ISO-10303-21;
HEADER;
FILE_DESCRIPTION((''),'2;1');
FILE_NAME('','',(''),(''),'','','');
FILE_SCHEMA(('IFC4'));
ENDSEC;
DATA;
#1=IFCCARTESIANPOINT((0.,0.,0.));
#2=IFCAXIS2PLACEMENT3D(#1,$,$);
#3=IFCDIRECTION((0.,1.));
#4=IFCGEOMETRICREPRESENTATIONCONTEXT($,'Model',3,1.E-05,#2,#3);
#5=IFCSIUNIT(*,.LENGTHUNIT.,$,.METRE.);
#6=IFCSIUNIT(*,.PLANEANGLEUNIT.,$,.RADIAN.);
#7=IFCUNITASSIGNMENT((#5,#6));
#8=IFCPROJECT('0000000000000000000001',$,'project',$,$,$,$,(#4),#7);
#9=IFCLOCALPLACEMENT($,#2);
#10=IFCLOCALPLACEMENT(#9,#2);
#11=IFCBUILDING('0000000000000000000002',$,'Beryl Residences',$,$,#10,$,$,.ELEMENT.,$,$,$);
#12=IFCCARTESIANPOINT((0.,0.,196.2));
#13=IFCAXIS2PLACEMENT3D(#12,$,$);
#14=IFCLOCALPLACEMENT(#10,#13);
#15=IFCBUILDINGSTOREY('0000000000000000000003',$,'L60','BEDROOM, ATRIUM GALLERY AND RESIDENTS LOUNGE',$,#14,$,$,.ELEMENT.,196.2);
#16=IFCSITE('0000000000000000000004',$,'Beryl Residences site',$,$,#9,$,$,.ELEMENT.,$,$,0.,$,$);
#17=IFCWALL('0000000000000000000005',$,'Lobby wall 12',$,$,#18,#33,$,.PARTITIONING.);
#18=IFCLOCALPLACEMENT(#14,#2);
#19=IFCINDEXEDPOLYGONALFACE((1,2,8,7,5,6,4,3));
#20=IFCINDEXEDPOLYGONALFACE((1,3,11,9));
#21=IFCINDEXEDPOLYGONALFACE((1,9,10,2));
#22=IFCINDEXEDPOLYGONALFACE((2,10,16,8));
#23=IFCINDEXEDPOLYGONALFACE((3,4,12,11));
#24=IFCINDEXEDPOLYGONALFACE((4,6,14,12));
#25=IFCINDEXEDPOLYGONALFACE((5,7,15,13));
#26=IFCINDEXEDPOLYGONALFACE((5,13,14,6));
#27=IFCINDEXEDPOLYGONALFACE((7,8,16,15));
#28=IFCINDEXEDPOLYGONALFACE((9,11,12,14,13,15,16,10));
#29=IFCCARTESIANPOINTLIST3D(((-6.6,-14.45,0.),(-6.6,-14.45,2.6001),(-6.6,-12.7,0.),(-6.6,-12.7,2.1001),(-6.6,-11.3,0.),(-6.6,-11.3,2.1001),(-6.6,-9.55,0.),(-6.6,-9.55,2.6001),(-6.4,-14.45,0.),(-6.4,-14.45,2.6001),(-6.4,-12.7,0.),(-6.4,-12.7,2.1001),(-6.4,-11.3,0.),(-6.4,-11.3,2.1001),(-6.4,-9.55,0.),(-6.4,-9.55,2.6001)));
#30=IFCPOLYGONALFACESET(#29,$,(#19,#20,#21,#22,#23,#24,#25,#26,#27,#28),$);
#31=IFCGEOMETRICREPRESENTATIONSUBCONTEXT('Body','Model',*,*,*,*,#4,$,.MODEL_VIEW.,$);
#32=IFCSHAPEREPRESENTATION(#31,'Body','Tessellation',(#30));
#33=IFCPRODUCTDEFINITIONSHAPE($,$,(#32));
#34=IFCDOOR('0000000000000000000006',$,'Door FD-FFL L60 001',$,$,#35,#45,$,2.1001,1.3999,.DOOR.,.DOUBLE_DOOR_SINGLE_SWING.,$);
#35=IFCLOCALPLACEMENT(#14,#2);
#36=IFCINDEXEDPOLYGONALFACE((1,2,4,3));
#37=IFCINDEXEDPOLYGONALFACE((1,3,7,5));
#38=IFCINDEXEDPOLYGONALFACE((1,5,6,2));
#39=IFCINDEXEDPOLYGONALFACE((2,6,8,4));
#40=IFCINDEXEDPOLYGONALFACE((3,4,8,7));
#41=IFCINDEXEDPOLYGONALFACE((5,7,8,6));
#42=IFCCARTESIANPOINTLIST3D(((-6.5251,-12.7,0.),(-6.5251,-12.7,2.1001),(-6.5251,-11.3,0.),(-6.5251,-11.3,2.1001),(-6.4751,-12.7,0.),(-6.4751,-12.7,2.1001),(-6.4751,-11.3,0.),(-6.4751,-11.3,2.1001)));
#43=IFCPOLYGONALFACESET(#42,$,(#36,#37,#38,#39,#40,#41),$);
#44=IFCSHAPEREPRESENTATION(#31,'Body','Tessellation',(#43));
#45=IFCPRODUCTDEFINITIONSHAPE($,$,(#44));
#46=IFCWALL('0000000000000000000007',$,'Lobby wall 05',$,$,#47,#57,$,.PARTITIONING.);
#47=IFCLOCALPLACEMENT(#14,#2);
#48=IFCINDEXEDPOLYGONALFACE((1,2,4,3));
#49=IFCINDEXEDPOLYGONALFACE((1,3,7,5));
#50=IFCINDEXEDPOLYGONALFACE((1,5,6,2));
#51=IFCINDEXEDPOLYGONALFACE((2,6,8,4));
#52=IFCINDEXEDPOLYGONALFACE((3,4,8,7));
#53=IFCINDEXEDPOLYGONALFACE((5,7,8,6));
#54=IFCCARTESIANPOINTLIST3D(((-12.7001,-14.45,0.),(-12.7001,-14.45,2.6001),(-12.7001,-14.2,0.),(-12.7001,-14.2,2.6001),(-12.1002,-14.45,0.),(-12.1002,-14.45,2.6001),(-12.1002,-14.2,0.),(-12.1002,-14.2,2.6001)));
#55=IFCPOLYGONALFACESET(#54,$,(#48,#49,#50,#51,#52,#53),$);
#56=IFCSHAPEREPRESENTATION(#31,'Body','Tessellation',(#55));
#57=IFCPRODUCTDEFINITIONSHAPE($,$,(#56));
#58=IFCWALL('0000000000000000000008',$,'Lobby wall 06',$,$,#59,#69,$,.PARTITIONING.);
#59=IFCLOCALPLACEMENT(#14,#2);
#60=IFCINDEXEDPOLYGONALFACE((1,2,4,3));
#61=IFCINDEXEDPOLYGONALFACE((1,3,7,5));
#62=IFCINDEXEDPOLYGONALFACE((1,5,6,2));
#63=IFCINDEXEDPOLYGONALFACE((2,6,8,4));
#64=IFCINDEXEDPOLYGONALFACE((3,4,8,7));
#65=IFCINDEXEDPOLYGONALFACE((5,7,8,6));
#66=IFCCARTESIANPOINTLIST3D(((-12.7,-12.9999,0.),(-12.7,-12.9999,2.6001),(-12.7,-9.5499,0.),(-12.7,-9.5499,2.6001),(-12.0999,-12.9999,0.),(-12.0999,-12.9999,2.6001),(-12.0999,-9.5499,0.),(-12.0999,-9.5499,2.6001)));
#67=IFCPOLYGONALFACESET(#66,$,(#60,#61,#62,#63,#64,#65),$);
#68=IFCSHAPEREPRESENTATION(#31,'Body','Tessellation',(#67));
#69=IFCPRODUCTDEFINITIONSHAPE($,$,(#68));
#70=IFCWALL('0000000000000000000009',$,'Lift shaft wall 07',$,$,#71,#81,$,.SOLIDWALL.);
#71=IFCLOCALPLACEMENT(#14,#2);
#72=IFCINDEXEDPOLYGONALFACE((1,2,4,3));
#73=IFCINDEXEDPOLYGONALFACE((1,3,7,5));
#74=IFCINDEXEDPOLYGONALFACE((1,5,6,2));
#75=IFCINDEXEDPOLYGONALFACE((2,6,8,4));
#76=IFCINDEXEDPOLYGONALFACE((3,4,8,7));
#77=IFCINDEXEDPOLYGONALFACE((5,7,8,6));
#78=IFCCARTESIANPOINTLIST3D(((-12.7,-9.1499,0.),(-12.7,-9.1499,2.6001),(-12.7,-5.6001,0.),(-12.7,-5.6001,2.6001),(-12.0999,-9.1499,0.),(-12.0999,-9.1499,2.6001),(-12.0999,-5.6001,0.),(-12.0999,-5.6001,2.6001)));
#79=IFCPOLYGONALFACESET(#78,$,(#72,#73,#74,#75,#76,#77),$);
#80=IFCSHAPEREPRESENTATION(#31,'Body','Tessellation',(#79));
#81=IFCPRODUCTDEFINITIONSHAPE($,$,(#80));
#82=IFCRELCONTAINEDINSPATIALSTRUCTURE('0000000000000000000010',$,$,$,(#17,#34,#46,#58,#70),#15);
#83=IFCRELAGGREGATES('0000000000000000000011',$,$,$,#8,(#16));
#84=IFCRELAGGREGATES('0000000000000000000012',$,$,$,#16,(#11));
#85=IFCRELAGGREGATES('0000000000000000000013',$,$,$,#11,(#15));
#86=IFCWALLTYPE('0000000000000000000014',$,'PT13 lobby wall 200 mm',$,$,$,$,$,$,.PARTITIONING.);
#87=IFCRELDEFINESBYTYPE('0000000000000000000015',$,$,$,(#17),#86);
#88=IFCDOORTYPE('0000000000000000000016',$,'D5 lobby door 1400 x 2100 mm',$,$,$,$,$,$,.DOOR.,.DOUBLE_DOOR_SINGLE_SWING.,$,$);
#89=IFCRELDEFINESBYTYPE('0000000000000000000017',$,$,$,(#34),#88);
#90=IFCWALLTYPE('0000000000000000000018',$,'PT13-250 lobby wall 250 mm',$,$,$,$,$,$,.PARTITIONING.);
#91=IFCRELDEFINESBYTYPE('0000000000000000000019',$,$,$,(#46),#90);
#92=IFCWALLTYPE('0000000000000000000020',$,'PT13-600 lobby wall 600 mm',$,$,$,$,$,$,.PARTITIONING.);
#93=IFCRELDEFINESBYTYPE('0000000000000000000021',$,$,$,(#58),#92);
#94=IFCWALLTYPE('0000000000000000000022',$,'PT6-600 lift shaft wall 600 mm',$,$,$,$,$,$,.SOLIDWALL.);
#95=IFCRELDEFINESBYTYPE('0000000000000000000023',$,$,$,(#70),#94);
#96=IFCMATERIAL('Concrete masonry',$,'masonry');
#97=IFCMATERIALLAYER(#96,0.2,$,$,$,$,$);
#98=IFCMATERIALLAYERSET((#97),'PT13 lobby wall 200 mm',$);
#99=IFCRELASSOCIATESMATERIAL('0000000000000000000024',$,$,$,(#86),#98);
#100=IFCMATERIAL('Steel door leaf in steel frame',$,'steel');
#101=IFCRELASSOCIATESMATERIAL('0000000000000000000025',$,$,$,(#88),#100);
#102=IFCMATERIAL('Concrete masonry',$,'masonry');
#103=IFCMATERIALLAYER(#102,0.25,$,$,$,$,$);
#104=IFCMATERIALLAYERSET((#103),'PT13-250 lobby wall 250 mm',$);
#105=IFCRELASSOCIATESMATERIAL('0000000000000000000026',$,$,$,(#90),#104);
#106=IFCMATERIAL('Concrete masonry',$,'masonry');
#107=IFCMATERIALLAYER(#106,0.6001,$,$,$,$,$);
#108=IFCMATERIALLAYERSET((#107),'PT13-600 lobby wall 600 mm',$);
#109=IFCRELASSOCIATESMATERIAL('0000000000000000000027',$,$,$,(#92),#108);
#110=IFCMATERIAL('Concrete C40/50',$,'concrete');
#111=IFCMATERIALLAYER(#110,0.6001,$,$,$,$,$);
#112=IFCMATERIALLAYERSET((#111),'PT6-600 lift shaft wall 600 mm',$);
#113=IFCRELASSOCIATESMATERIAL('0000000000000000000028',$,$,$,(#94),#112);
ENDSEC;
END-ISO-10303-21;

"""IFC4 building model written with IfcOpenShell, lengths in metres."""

from ifc_helpers import new_model, si_unit, direction, frame, frame_2d, origin, place, context, subcontext, project, spatial, rectangle, extrude, material, layer, layer_set, type_object, element, fill, save


model = new_model("IFC4")

# Units and contexts
model_context = context("Model", 3, precision=1e-05, world=origin(), true_north=direction((0.0, 1.0)))
body_context = subcontext(model_context, "Body", "Model", "MODEL_VIEW")
ifc_project = project(units=[si_unit("LENGTHUNIT", "METRE"), si_unit("PLANEANGLEUNIT", "RADIAN")], contexts=[model_context])

# Site, building, storey
site_placement = place(None, origin())
site = spatial("IfcSite", under=ifc_project, at=site_placement, Name="Beryl Residences site", CompositionType="ELEMENT", RefElevation=0.0)
building_placement = place(site_placement, origin())
building = spatial("IfcBuilding", under=site, at=building_placement, Name="Beryl Residences", CompositionType="ELEMENT")
storey_placement = place(building_placement, frame((0.0, 0.0, 196.2)))
storey = spatial("IfcBuildingStorey", under=building, at=storey_placement, Name="L60", Description="BEDROOM, ATRIUM GALLERY AND RESIDENTS LOUNGE", CompositionType="ELEMENT", Elevation=196.2)

# Wall, opening, door
ifc_material_1 = material(Name="Concrete masonry", Category="masonry")
ifc_layer_1 = layer(ifc_material_1, 0.2)
ifc_layer_set_1 = layer_set([ifc_layer_1], Name="PT13 lobby wall 200 mm")
wall_type_1 = type_object("IfcWallType", Name="PT13 lobby wall 200 mm", PredefinedType="PARTITIONING", material=ifc_layer_set_1)
wall_1_placement = place(storey_placement, frame((-6.5, -14.45, 0.0), z_axis=(0.0, 0.0, 1.0), x_axis=(0.0, 1.0, 0.0)))
wall_1 = element("IfcWall", 1, at=wall_1_placement, inside=storey, type_object=wall_type_1, Name="Lobby wall 12", PredefinedType="PARTITIONING", context=body_context, shape_type="SweptSolid", body=[
    extrude(rectangle(XDim=4.8999, YDim=0.2, at=frame_2d((2.45, 0.0))), origin(), (0.0, 0.0, 1.0), 2.6001),
])
opening_1_placement = place(wall_1_placement, frame((3.1499, 0.0, 0.0), z_axis=(0.0, 0.0, 1.0), x_axis=(-1.0, 0.0, 0.0)))
opening_1 = element("IfcOpeningElement", 2, at=opening_1_placement, cuts=wall_1, PredefinedType="OPENING", context=body_context, shape_type="SweptSolid", body=[
    extrude(rectangle(XDim=1.3999, YDim=2.1001, at=frame_2d((0.7, 1.05))), frame((0.0, 0.1099, 0.0), z_axis=(0.0, -1.0, 0.0), x_axis=(1.0, 0.0, 0.0)), (0.0, 0.0, 1.0), 0.22),
])
ifc_material_2 = material(Name="Steel door leaf in steel frame", Category="steel")
door_type_1 = type_object("IfcDoorType", Name="D5 lobby door 1400 x 2100 mm", OperationType="DOUBLE_DOOR_SINGLE_SWING", PredefinedType="DOOR", material=ifc_material_2)
door_1_placement = place(opening_1_placement, origin())
door_1 = element("IfcDoor", 3, at=door_1_placement, inside=storey, type_object=door_type_1, Name="Door FD-FFL L60 001", OperationType="DOUBLE_DOOR_SINGLE_SWING", OverallHeight=2.1001, OverallWidth=1.3999, PredefinedType="DOOR", context=body_context, shape_type="SweptSolid", body=[
    extrude(rectangle(XDim=1.3999, YDim=2.1001, at=frame_2d((0.7, 1.05))), frame((0.0, 0.0249, 0.0), z_axis=(0.0, -1.0, 0.0), x_axis=(1.0, 0.0, 0.0)), (0.0, 0.0, 1.0), 0.05),
])
fill(opening_1, door_1)

# Walls
ifc_material_3 = material(Name="Concrete masonry", Category="masonry")
ifc_layer_2 = layer(ifc_material_3, 0.25)
ifc_layer_set_2 = layer_set([ifc_layer_2], Name="PT13-250 lobby wall 250 mm")
wall_type_2 = type_object("IfcWallType", Name="PT13-250 lobby wall 250 mm", PredefinedType="PARTITIONING", material=ifc_layer_set_2)
wall_2_placement = place(storey_placement, frame((-12.7, -14.325, 0.0), z_axis=(0.0, 0.0, 1.0), x_axis=(1.0, 0.0, 0.0)))
element("IfcWall", 4, at=wall_2_placement, inside=storey, type_object=wall_type_2, Name="Lobby wall 05", PredefinedType="PARTITIONING", context=body_context, shape_type="SweptSolid", body=[
    extrude(rectangle(XDim=0.5999, YDim=0.25, at=frame_2d((0.2998, 0.0))), origin(), (0.0, 0.0, 1.0), 2.6001),
])
ifc_material_4 = material(Name="Concrete masonry", Category="masonry")
ifc_layer_3 = layer(ifc_material_4, 0.6001)
ifc_layer_set_3 = layer_set([ifc_layer_3], Name="PT13-600 lobby wall 600 mm")
wall_type_3 = type_object("IfcWallType", Name="PT13-600 lobby wall 600 mm", PredefinedType="PARTITIONING", material=ifc_layer_set_3)
wall_3_placement = place(storey_placement, frame((-12.3999, -13.0, 0.0), z_axis=(0.0, 0.0, 1.0), x_axis=(0.0, 1.0, 0.0)))
element("IfcWall", 5, at=wall_3_placement, inside=storey, type_object=wall_type_3, Name="Lobby wall 06", PredefinedType="PARTITIONING", context=body_context, shape_type="SweptSolid", body=[
    extrude(rectangle(XDim=3.45, YDim=0.6001, at=frame_2d((1.7251, 0.0))), origin(), (0.0, 0.0, 1.0), 2.6001),
])
ifc_material_5 = material(Name="Concrete C40/50", Category="concrete")
ifc_layer_4 = layer(ifc_material_5, 0.6001)
ifc_layer_set_4 = layer_set([ifc_layer_4], Name="PT6-600 lift shaft wall 600 mm")
wall_type_4 = type_object("IfcWallType", Name="PT6-600 lift shaft wall 600 mm", PredefinedType="SOLIDWALL", material=ifc_layer_set_4)
wall_4_placement = place(storey_placement, frame((-12.3999, -9.1499, 0.0), z_axis=(0.0, 0.0, 1.0), x_axis=(0.0, 1.0, 0.0)))
element("IfcWall", 6, at=wall_4_placement, inside=storey, type_object=wall_type_4, Name="Lift shaft wall 07", PredefinedType="SOLIDWALL", context=body_context, shape_type="SweptSolid", body=[
    extrude(rectangle(XDim=3.5498, YDim=0.6001, at=frame_2d((1.7749, 0.0))), origin(), (0.0, 0.0, 1.0), 2.6001),
])

save(model, "model.ifc")
